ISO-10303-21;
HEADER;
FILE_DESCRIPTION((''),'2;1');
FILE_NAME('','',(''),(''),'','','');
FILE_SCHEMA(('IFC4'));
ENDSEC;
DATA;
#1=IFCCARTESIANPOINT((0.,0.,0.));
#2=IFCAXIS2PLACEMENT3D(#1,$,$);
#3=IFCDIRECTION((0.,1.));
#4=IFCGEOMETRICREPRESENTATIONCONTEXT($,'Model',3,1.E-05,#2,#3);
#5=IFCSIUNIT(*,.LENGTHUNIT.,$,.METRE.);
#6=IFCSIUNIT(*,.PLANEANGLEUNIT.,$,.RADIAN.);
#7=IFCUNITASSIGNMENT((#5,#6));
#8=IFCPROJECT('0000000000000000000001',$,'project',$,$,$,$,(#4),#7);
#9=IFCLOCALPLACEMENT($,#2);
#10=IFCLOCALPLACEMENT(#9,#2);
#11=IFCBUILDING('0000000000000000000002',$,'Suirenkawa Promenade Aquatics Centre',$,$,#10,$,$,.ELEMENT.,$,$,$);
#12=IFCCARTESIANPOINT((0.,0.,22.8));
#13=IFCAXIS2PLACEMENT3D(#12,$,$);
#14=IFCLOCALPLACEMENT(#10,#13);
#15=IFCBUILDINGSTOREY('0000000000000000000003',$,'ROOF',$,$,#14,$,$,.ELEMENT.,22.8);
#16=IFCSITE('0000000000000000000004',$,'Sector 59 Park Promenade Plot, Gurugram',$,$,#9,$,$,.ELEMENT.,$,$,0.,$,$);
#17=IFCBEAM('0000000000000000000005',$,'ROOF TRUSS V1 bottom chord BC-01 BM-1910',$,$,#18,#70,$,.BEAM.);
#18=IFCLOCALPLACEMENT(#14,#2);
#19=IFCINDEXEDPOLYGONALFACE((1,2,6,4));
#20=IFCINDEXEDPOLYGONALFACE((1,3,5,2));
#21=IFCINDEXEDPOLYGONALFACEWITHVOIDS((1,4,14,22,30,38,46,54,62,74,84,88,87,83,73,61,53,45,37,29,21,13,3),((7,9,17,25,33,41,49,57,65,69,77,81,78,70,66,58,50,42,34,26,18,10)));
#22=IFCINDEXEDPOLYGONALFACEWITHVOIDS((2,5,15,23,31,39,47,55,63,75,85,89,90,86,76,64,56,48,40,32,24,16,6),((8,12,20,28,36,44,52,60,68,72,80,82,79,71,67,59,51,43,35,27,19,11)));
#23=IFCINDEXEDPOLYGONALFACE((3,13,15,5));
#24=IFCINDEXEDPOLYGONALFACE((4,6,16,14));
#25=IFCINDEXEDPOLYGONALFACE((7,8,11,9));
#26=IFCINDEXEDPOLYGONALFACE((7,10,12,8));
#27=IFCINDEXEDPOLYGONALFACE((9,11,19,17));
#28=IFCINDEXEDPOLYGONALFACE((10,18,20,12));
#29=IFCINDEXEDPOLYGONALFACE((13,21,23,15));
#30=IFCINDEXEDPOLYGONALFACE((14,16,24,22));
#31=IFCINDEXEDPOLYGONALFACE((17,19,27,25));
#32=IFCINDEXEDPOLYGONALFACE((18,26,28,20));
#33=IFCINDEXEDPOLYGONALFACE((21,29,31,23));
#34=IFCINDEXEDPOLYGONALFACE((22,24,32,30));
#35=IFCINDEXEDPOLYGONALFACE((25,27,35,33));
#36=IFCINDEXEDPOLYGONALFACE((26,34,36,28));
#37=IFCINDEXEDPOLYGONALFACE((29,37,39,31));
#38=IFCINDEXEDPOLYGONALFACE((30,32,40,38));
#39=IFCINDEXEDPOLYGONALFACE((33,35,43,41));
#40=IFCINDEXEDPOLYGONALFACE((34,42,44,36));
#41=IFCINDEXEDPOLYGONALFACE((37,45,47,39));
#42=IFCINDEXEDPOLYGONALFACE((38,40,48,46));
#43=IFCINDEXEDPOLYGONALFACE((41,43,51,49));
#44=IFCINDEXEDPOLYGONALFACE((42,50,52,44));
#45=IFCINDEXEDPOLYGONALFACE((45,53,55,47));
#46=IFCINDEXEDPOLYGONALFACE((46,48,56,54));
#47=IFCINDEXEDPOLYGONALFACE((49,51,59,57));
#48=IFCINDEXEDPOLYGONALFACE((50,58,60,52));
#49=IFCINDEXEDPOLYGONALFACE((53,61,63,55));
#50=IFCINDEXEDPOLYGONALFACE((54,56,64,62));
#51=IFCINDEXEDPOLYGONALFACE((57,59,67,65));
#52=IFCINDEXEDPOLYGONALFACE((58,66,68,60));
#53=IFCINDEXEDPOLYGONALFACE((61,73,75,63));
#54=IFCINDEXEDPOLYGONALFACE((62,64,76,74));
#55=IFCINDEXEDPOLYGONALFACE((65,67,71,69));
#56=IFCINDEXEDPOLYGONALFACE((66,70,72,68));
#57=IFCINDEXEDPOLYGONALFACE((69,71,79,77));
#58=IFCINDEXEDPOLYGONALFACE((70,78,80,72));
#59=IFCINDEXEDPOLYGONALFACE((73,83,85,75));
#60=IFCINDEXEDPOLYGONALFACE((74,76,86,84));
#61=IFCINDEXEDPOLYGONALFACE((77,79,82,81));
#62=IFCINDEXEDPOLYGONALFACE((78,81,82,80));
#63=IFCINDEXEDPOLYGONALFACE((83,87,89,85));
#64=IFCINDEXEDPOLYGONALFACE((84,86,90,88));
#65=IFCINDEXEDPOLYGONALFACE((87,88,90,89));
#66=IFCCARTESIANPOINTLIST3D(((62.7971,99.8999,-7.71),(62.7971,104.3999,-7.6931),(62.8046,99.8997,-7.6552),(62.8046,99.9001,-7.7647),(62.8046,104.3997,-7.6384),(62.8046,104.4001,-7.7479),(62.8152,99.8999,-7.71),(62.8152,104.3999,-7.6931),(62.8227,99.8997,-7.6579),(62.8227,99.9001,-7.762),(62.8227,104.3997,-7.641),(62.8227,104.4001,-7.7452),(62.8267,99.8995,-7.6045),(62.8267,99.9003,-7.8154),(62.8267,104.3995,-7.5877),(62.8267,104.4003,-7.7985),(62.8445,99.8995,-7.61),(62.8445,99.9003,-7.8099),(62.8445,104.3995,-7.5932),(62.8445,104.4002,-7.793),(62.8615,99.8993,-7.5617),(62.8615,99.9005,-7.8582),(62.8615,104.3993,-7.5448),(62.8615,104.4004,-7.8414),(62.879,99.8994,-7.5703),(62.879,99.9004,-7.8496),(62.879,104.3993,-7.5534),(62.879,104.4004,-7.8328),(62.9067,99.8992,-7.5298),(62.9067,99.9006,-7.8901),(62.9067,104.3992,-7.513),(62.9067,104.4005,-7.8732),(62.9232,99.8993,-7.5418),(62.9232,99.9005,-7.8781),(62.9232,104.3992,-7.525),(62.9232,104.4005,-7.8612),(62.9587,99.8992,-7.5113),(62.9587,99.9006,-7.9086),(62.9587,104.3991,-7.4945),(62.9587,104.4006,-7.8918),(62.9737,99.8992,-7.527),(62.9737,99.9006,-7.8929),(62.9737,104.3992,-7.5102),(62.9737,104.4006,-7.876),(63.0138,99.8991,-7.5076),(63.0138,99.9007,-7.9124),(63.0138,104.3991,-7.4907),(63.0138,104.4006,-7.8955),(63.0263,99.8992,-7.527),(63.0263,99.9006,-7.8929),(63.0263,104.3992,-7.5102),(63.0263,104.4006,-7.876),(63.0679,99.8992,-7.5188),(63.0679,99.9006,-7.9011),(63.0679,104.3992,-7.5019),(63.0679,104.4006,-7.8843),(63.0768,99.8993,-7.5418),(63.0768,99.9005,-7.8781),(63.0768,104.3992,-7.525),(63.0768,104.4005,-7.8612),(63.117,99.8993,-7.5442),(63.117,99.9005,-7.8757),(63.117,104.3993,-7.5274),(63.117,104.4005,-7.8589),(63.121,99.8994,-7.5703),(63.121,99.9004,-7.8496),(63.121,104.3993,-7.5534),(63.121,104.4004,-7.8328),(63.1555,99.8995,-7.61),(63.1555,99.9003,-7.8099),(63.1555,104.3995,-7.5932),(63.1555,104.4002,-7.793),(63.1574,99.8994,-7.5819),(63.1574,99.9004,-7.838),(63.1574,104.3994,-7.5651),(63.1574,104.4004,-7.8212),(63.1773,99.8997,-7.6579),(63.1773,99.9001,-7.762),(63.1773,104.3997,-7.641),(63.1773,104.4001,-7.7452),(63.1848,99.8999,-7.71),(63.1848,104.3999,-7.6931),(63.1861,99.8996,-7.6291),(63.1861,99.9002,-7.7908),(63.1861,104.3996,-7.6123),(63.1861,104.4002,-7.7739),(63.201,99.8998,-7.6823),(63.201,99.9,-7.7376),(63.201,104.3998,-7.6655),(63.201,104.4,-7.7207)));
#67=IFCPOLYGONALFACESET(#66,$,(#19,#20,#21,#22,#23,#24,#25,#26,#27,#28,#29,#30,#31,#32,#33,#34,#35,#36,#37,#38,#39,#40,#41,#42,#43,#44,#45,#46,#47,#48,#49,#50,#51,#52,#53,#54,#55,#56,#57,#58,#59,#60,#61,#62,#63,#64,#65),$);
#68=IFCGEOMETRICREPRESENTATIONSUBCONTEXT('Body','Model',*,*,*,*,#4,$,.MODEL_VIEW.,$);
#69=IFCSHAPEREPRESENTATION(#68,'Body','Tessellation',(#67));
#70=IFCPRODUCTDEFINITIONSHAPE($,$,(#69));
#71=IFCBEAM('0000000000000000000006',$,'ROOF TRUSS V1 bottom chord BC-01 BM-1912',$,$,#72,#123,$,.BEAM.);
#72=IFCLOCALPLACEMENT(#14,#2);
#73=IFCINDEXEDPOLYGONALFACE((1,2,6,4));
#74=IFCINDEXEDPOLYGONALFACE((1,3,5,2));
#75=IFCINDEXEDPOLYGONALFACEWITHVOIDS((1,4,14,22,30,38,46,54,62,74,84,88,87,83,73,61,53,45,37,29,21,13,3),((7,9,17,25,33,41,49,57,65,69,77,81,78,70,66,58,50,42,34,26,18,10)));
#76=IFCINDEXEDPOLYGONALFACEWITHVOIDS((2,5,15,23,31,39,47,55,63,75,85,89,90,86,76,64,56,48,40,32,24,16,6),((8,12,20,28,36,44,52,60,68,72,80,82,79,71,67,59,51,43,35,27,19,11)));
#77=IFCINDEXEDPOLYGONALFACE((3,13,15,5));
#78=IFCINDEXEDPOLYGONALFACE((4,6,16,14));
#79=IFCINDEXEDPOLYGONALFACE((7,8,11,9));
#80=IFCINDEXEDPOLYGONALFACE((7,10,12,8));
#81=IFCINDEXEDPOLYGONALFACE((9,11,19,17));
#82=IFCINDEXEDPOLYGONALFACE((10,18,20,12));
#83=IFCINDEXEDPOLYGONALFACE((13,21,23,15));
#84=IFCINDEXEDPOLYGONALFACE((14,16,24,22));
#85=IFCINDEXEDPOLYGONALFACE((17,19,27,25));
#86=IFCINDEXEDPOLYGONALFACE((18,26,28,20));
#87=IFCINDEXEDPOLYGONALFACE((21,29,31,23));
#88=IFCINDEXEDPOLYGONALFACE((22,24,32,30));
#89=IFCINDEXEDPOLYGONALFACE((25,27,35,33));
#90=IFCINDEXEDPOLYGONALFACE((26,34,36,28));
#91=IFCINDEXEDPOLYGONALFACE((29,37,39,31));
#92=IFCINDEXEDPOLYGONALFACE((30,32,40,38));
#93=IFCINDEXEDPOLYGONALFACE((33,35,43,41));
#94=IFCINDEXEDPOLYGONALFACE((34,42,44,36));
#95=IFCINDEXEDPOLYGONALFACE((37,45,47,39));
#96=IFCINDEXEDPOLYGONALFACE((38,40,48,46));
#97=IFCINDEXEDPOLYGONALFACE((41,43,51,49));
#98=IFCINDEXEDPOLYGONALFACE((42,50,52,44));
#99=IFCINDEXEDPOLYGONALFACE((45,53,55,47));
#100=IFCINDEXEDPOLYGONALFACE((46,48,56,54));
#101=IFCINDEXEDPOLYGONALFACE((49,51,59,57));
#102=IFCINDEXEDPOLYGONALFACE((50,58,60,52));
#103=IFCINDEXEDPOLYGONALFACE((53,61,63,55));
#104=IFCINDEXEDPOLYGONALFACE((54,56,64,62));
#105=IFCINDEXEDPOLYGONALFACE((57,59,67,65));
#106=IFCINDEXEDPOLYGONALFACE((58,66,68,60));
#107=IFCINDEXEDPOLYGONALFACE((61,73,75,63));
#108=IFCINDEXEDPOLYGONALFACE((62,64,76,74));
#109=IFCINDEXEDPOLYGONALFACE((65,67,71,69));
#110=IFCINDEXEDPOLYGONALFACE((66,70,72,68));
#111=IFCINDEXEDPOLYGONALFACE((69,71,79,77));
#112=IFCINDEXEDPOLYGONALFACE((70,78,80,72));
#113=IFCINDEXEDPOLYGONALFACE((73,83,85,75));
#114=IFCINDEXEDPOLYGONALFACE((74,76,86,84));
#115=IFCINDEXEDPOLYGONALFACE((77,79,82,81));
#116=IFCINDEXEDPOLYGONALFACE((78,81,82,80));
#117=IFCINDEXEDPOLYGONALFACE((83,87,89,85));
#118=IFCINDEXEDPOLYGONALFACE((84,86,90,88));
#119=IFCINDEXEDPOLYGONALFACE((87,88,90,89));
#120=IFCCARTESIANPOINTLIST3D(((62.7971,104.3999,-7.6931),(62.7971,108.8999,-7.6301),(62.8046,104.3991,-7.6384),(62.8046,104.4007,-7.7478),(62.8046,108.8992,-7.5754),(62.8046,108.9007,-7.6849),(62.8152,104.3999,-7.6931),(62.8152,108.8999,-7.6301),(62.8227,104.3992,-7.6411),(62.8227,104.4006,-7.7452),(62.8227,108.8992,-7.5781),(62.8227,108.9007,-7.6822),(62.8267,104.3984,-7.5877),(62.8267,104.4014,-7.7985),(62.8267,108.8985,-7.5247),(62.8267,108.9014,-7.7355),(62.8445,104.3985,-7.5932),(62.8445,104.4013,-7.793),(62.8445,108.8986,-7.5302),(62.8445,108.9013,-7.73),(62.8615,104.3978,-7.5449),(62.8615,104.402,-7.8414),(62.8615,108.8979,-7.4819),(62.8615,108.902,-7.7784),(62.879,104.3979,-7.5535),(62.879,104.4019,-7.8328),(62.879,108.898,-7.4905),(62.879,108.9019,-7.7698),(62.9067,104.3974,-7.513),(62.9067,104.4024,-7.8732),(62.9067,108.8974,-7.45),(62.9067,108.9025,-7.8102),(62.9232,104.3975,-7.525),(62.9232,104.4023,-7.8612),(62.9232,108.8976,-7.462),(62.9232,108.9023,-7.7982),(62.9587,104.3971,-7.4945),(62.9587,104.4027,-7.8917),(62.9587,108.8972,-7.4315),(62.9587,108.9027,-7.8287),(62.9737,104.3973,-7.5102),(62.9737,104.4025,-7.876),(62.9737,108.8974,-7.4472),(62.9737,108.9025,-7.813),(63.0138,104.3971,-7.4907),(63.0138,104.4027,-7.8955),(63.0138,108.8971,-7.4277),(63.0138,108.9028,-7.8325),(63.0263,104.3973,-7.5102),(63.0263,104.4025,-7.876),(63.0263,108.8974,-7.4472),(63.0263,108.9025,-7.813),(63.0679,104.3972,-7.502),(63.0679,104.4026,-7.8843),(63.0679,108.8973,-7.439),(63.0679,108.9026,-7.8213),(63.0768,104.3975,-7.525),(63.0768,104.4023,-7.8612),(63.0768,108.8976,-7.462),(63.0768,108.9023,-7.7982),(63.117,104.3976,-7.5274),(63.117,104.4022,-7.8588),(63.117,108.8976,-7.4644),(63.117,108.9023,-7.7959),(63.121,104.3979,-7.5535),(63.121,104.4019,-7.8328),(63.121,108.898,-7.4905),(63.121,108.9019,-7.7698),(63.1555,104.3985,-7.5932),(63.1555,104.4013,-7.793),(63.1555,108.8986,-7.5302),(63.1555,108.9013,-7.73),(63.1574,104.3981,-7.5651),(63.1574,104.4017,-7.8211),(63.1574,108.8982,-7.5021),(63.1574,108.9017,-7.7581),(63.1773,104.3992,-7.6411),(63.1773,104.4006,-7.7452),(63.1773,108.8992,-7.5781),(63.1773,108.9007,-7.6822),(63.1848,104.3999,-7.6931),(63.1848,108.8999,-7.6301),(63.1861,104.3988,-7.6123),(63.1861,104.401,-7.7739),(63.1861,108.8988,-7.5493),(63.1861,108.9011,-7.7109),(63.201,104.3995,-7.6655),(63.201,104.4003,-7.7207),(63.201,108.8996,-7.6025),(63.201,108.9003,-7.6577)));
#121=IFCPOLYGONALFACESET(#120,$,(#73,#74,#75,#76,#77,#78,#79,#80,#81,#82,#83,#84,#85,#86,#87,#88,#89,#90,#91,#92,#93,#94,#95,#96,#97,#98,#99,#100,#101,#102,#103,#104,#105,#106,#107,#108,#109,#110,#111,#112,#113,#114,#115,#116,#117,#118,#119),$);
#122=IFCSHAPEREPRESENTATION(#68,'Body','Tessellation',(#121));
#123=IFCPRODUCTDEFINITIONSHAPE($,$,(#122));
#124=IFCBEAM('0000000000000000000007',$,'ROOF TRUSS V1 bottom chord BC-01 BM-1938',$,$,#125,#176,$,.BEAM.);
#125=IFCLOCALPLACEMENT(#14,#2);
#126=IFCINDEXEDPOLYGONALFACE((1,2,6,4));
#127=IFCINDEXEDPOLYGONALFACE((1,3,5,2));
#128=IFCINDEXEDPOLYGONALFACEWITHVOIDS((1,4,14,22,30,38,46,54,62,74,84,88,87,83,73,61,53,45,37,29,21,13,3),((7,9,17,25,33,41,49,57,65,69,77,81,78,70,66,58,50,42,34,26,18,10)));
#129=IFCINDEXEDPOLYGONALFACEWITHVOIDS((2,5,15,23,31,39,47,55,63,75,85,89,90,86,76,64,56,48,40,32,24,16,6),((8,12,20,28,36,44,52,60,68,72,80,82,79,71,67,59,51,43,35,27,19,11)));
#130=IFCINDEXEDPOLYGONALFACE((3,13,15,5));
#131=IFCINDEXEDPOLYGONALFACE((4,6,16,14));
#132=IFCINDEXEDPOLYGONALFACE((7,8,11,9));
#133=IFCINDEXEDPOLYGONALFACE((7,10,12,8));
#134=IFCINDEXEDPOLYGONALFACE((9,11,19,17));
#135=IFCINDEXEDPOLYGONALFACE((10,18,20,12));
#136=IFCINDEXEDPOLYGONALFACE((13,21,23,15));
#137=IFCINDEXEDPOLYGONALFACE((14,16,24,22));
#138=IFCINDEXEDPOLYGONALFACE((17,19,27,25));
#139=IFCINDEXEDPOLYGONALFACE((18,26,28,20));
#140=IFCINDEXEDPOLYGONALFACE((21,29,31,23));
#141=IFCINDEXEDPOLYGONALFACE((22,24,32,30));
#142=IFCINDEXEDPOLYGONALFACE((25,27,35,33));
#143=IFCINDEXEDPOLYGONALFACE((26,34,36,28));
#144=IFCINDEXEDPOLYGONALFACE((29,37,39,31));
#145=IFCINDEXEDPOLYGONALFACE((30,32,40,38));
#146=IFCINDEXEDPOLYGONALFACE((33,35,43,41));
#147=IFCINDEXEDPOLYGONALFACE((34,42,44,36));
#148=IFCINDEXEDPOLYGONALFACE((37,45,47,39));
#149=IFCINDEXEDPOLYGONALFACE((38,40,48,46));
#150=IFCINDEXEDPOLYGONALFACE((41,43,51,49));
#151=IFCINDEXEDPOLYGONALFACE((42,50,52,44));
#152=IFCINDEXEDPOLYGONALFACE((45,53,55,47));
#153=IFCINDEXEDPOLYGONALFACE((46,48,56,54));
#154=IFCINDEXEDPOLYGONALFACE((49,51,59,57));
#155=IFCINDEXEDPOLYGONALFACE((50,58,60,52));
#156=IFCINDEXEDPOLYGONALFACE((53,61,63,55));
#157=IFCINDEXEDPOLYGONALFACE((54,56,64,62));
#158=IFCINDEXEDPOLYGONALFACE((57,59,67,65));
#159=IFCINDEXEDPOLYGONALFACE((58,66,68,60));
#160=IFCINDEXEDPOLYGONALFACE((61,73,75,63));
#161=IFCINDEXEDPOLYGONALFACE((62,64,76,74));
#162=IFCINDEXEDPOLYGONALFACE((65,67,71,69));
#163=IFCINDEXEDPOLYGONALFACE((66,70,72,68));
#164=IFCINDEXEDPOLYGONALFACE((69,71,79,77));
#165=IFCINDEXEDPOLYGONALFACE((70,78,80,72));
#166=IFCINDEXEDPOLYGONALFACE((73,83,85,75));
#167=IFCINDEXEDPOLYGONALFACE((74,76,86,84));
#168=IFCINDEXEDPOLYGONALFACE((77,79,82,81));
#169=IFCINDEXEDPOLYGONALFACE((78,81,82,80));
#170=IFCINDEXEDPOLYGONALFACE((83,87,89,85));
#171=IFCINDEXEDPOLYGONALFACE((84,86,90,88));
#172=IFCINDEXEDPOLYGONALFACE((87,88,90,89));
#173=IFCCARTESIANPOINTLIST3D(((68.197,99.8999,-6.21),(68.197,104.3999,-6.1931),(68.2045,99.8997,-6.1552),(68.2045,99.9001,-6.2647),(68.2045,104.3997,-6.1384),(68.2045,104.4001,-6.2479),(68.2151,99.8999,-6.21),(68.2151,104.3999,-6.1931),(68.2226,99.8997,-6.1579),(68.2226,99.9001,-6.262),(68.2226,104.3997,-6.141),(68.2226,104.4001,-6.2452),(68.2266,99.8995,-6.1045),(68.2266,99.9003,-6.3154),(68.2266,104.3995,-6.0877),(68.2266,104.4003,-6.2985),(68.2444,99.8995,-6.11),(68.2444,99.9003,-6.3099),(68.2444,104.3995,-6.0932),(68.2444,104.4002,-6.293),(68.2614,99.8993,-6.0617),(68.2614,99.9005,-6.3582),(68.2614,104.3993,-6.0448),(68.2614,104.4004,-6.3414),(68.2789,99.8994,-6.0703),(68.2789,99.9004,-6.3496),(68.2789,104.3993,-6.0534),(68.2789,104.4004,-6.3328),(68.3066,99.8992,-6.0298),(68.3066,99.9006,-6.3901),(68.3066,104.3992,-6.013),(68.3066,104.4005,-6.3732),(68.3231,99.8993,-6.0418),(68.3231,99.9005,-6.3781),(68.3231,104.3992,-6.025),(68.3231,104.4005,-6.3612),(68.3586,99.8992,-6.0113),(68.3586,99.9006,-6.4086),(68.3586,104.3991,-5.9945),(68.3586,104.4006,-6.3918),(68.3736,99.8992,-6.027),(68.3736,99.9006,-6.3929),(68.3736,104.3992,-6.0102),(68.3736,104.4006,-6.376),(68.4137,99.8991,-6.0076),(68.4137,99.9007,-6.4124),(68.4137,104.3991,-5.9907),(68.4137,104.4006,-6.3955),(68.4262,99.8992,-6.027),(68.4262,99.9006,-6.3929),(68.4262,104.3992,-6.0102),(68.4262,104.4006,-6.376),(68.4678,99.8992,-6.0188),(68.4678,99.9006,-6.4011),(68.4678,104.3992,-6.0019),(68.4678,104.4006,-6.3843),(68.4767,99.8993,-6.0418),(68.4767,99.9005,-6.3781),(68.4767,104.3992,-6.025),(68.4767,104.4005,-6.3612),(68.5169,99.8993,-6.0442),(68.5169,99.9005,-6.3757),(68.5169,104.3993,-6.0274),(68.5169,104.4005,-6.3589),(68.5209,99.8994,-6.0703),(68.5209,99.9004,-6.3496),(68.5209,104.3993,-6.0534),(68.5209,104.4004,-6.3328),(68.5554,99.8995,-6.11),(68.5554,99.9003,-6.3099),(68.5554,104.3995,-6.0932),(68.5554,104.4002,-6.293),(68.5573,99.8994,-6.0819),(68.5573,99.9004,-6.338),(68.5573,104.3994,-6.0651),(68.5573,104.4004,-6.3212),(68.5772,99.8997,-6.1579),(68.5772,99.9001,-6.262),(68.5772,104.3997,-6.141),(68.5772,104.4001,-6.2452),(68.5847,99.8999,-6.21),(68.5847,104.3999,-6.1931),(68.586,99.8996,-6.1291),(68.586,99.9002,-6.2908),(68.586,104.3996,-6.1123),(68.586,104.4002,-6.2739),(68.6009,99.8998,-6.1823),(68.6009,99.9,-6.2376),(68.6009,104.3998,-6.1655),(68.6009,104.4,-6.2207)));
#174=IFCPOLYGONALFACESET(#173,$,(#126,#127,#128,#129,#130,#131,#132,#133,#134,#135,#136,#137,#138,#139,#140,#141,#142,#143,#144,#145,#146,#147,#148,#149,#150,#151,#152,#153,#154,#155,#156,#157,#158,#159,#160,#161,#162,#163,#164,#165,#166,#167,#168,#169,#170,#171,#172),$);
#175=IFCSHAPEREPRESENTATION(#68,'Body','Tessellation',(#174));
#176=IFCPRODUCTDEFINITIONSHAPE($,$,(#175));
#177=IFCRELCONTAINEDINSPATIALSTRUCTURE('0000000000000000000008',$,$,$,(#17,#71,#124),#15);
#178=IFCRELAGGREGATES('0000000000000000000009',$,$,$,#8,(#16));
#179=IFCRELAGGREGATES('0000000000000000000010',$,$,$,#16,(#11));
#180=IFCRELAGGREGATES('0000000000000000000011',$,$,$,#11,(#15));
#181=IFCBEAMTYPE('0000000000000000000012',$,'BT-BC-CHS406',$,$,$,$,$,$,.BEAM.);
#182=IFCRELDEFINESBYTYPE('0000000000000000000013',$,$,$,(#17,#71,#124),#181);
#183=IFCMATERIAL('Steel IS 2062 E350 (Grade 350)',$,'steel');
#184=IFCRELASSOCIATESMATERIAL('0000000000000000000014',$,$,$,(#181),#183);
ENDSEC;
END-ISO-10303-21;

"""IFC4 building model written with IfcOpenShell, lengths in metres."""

from ifc_helpers import new_model, si_unit, direction, frame, origin, origin_2d, place, context, subcontext, project, spatial, hollow_circle, extrude, material, material_profile, profile_set, type_object, element, save


model = new_model("IFC4")

# Units and contexts
model_context = context("Model", 3, precision=1e-05, world=origin(), true_north=direction((0.0, 1.0)))
body_context = subcontext(model_context, "Body", "Model", "MODEL_VIEW")
ifc_project = project(units=[si_unit("LENGTHUNIT", "METRE"), si_unit("PLANEANGLEUNIT", "RADIAN")], contexts=[model_context])

# Site, building, storey
site_placement = place(None, origin())
site = spatial("IfcSite", under=ifc_project, at=site_placement, Name="Sector 59 Park Promenade Plot, Gurugram", CompositionType="ELEMENT", RefElevation=0.0)
building_placement = place(site_placement, origin())
building = spatial("IfcBuilding", under=site, at=building_placement, Name="Suirenkawa Promenade Aquatics Centre", CompositionType="ELEMENT")
storey_placement = place(building_placement, frame((0.0, 0.0, 22.8)))
storey = spatial("IfcBuildingStorey", under=building, at=storey_placement, Name="ROOF", CompositionType="ELEMENT", Elevation=22.8)

# Beams
ifc_material = material(Name="Steel IS 2062 E350 (Grade 350)", Category="steel")
ifc_material_profile_1 = material_profile(ifc_material, hollow_circle(Radius=0.2029, WallThickness=0.0181, at=origin_2d()), Name="CHS 406x18", Category="steel")
ifc_profile_set_1 = profile_set([ifc_material_profile_1], Name="Steel IS 2062 E350 (Grade 350)")
beam_type_1 = type_object("IfcBeamType", Name="BT-BC-CHS406", PredefinedType="BEAM", material=ifc_profile_set_1)
beam_1_placement = place(storey_placement, frame((63.0, 99.8999, -7.71), z_axis=(0.0, 0.999993, 0.003743), x_axis=(-1.0, 0.0, 0.0)))
element("IfcBeam", 1, at=beam_1_placement, inside=storey, type_object=beam_type_1, Name="ROOF TRUSS V1 bottom chord BC-01 BM-1910", PredefinedType="BEAM", context=body_context, shape_type="SweptSolid", body=[
    extrude(hollow_circle(Radius=0.2029, WallThickness=0.0181, at=origin_2d()), origin(), (0.0, 0.0, 1.0), 4.5),
])
beam_2_placement = place(storey_placement, frame((63.0, 104.3999, -7.6931), z_axis=(0.0, 0.999902, 0.013996), x_axis=(-1.0, 0.0, 0.0)))
element("IfcBeam", 2, at=beam_2_placement, inside=storey, type_object=beam_type_1, Name="ROOF TRUSS V1 bottom chord BC-01 BM-1912", PredefinedType="BEAM", context=body_context, shape_type="SweptSolid", body=[
    extrude(hollow_circle(Radius=0.2029, WallThickness=0.0181, at=origin_2d()), origin(), (0.0, 0.0, 1.0), 4.5005),
])
beam_3_placement = place(storey_placement, frame((68.3999, 99.8999, -6.21), z_axis=(0.0, 0.999993, 0.003743), x_axis=(-1.0, 0.0, 0.0)))
element("IfcBeam", 3, at=beam_3_placement, inside=storey, type_object=beam_type_1, Name="ROOF TRUSS V1 bottom chord BC-01 BM-1938", PredefinedType="BEAM", context=body_context, shape_type="SweptSolid", body=[
    extrude(hollow_circle(Radius=0.2029, WallThickness=0.0181, at=origin_2d()), origin(), (0.0, 0.0, 1.0), 4.5),
])

save(model, "model.ifc")
